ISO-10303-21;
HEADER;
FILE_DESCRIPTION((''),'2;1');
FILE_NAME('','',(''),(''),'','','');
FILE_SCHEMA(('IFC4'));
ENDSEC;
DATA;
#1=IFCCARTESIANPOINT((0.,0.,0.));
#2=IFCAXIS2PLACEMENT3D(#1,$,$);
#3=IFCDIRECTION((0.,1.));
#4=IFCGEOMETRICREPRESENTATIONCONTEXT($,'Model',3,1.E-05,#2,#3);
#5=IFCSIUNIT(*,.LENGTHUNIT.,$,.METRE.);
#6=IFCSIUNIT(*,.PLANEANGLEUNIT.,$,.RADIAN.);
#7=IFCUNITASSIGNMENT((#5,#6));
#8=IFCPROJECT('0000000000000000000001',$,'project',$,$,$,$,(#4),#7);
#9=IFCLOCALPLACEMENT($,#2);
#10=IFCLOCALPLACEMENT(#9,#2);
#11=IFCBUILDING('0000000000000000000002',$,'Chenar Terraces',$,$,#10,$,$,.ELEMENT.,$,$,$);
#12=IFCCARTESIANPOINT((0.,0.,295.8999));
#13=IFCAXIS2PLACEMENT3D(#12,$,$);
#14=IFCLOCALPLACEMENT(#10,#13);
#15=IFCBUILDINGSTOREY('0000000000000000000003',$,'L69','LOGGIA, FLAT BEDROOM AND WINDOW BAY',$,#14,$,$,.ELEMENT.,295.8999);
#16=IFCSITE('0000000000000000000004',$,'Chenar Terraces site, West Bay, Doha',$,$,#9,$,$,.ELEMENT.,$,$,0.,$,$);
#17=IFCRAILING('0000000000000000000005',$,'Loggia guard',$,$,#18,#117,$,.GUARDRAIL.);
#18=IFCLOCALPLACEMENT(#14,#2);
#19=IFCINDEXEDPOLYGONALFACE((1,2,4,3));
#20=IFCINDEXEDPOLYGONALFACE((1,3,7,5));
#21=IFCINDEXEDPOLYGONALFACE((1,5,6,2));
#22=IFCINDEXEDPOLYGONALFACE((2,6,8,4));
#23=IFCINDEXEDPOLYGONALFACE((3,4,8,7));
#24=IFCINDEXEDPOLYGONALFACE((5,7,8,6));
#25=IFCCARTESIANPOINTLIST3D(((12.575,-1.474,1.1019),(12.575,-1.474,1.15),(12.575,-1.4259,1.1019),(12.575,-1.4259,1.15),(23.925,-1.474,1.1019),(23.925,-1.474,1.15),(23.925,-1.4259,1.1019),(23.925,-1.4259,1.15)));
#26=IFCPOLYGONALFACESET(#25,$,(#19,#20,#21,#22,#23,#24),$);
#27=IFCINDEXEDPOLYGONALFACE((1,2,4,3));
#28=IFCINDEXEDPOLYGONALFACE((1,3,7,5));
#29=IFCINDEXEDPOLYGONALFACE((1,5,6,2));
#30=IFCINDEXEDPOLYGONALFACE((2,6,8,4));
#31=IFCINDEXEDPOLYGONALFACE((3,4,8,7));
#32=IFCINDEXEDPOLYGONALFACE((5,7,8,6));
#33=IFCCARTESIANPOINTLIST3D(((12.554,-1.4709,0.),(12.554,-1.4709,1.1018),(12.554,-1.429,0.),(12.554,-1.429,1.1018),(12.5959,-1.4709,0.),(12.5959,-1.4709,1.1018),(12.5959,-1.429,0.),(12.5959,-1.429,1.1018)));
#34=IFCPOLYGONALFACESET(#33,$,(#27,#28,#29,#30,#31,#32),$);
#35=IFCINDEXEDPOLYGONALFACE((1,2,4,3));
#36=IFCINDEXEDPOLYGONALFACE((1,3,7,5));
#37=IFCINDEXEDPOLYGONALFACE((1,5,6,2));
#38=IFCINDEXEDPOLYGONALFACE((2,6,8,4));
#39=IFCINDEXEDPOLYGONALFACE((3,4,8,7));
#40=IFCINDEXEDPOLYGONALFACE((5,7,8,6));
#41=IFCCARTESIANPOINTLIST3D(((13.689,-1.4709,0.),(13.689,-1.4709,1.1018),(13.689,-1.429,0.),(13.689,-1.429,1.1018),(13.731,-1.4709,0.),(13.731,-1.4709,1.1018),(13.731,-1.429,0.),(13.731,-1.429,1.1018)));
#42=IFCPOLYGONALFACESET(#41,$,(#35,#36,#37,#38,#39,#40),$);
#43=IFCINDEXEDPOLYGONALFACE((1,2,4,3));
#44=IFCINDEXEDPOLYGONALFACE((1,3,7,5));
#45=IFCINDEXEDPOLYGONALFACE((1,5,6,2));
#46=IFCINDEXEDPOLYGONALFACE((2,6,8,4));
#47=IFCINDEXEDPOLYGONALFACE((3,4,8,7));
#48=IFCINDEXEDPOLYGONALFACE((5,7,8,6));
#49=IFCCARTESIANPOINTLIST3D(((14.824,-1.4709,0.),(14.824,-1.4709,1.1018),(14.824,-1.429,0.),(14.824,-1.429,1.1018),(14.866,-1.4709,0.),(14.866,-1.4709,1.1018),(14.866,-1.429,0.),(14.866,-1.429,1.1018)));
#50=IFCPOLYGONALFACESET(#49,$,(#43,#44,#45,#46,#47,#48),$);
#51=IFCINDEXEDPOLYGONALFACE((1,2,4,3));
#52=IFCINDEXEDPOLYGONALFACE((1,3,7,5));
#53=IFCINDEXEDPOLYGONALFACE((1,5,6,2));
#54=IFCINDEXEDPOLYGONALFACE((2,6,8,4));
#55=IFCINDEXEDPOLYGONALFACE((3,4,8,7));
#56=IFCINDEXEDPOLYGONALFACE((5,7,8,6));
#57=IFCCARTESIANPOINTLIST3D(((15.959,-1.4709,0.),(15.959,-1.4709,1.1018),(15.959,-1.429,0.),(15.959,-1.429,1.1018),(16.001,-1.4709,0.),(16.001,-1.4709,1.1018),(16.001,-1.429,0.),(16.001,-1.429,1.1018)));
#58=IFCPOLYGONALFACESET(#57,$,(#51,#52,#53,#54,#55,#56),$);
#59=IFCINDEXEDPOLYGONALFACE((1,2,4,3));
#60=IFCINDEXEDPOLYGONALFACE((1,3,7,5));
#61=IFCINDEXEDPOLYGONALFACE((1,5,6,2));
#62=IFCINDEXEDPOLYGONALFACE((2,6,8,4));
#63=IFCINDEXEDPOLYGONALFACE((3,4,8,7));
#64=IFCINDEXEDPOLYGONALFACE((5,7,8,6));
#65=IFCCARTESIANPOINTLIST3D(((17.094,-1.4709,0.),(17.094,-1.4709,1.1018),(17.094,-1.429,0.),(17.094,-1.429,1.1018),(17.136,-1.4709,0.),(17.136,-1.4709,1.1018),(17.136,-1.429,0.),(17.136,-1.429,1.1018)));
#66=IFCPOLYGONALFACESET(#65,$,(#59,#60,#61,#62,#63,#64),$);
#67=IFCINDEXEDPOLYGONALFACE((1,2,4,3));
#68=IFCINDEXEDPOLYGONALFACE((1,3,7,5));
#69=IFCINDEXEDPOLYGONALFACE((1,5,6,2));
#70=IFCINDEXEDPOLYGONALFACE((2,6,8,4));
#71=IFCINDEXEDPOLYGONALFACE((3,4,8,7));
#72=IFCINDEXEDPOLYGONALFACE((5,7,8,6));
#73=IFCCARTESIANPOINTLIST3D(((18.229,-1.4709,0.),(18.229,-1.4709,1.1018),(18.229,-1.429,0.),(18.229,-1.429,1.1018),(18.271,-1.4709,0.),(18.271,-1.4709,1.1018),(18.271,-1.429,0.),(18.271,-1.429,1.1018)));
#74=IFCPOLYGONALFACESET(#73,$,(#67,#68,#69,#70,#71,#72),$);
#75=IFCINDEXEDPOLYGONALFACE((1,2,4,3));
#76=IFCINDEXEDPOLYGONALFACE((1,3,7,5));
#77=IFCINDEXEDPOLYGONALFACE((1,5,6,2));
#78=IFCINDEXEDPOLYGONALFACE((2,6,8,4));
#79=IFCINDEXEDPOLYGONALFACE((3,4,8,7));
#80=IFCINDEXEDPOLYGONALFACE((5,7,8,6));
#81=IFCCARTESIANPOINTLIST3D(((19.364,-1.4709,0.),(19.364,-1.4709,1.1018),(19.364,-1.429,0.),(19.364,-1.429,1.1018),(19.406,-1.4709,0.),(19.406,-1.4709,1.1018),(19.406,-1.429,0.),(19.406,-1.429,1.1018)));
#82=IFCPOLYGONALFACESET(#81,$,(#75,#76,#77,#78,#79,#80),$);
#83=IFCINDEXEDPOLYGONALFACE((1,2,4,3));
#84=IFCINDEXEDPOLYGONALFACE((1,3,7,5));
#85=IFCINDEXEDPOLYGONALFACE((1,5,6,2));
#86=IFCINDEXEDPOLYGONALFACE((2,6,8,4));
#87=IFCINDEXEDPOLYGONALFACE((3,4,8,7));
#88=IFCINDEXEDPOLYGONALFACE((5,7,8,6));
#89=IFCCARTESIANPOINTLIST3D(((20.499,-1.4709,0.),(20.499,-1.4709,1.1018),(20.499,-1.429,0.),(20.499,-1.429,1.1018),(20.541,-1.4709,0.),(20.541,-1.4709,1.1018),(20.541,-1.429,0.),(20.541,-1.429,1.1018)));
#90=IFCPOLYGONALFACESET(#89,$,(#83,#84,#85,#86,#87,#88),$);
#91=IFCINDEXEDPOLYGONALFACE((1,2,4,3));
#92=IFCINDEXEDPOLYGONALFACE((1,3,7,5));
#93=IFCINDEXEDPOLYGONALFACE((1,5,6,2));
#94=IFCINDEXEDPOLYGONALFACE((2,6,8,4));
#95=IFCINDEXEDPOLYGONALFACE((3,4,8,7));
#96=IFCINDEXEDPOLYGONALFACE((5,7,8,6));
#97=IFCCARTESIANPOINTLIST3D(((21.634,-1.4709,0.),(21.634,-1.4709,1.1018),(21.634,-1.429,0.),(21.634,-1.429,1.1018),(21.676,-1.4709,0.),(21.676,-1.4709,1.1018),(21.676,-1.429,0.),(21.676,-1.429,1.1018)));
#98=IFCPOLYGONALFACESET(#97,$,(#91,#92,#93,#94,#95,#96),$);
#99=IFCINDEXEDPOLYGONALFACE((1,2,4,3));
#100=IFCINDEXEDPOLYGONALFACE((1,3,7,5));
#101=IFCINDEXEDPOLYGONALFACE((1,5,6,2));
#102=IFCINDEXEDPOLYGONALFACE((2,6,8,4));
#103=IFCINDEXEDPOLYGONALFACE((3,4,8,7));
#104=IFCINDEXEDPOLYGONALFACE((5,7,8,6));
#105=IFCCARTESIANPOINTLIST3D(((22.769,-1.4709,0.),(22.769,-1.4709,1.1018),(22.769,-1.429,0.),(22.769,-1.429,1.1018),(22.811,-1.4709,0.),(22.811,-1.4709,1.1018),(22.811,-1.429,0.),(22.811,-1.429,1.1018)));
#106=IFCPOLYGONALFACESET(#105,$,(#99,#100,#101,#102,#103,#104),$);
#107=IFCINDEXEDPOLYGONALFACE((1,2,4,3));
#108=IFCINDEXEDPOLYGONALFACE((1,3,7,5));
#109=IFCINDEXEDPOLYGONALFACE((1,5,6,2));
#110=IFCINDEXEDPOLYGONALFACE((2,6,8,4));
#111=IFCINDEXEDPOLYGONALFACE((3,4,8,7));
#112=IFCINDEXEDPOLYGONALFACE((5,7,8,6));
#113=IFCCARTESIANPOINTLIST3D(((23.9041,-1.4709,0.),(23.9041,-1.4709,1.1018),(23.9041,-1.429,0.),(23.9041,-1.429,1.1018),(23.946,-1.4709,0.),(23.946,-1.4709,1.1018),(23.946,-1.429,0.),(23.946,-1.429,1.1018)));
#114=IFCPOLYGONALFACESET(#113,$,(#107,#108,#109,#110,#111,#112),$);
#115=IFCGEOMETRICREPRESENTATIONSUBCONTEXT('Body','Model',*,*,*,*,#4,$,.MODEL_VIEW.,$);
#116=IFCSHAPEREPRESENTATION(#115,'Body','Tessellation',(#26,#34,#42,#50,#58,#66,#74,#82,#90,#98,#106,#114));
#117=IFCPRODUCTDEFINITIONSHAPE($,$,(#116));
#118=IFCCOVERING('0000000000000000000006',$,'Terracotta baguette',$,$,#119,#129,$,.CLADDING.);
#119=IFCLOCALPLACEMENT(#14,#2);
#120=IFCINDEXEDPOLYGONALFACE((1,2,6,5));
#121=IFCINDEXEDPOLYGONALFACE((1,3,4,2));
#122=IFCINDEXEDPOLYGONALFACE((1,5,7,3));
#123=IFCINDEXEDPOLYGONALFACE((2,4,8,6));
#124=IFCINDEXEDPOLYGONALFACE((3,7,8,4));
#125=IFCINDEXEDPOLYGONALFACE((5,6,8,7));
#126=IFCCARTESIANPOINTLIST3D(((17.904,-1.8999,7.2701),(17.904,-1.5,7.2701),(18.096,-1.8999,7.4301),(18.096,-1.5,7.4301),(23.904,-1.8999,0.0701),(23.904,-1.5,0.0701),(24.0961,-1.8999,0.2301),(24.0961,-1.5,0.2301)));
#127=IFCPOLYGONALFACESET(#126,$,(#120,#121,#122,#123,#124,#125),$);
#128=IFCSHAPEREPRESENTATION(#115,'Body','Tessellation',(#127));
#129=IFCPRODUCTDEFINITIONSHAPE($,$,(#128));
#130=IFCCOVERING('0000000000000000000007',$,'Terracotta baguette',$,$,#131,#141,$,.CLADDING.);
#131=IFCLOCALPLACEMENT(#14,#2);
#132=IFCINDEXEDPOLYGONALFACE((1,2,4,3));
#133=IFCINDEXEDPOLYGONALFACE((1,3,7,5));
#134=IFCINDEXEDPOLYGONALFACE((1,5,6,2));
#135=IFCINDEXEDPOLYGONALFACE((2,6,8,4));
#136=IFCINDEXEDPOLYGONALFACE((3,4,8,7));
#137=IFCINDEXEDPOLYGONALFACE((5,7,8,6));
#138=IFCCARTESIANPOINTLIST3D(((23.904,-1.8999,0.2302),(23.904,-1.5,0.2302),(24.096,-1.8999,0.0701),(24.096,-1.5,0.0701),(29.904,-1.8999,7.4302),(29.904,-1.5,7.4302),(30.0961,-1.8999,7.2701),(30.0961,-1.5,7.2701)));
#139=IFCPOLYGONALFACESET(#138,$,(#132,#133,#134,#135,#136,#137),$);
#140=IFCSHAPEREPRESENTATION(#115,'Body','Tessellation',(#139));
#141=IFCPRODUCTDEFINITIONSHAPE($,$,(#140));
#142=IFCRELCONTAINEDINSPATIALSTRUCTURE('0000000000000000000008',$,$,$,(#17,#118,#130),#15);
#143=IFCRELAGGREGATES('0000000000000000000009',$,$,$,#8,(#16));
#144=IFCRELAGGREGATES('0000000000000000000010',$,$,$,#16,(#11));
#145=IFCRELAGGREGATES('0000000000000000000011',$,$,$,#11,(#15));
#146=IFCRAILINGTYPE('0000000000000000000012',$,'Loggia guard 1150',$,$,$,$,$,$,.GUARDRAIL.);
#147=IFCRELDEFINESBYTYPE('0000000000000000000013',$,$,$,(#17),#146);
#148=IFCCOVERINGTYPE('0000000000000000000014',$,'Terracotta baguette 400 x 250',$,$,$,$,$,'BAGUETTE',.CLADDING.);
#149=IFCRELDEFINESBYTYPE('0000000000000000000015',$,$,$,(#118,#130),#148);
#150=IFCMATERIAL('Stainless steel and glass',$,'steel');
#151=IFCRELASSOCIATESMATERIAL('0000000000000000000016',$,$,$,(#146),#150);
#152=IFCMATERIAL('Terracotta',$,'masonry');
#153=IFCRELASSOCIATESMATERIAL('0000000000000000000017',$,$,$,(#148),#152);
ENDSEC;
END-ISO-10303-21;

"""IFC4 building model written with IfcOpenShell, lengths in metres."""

from ifc_helpers import new_model, si_unit, direction, frame, origin, origin_2d, place, context, subcontext, project, spatial, rectangle, extrude, material, material_profile, profile_set, type_object, element, save


model = new_model("IFC4")

# Units and contexts
model_context = context("Model", 3, precision=1e-05, world=origin(), true_north=direction((0.0, 1.0)))
body_context = subcontext(model_context, "Body", "Model", "MODEL_VIEW")
ifc_project = project(units=[si_unit("LENGTHUNIT", "METRE"), si_unit("PLANEANGLEUNIT", "RADIAN")], contexts=[model_context])

# Site, building, storey
site_placement = place(None, origin())
site = spatial("IfcSite", under=ifc_project, at=site_placement, Name="Chenar Terraces site, West Bay, Doha", CompositionType="ELEMENT", RefElevation=0.0)
building_placement = place(site_placement, origin())
building = spatial("IfcBuilding", under=site, at=building_placement, Name="Chenar Terraces", CompositionType="ELEMENT")
storey_placement = place(building_placement, frame((0.0, 0.0, 295.8999)))
storey = spatial("IfcBuildingStorey", under=building, at=storey_placement, Name="L69", Description="LOGGIA, FLAT BEDROOM AND WINDOW BAY", CompositionType="ELEMENT", Elevation=295.8999)

# Railing
ifc_material_1 = material(Name="Stainless steel and glass", Category="steel")
railing_type = type_object("IfcRailingType", Name="Loggia guard 1150", PredefinedType="GUARDRAIL", material=ifc_material_1)
railing_placement = place(storey_placement, frame((12.575, -1.45, 0.0)))
element("IfcRailing", 1, at=railing_placement, inside=storey, type_object=railing_type, Name="Loggia guard", PredefinedType="GUARDRAIL", context=body_context, shape_type="SweptSolid", body=[
    extrude(rectangle(XDim=0.0481, YDim=0.0481, at=origin_2d()), frame((0.0, 0.0, 1.126), z_axis=(1.0, 0.0, 0.0), x_axis=(0.0, 1.0, 0.0)), (0.0, 0.0, 1.0), 11.3501),
    extrude(rectangle(XDim=0.042, YDim=0.042, at=origin_2d()), origin(), (0.0, 0.0, 1.0), 1.1018),
    extrude(rectangle(XDim=0.042, YDim=0.042, at=origin_2d()), frame((1.135, 0.0, 0.0)), (0.0, 0.0, 1.0), 1.1018),
    extrude(rectangle(XDim=0.042, YDim=0.042, at=origin_2d()), frame((2.27, 0.0, 0.0)), (0.0, 0.0, 1.0), 1.1018),
    extrude(rectangle(XDim=0.042, YDim=0.042, at=origin_2d()), frame((3.405, 0.0, 0.0)), (0.0, 0.0, 1.0), 1.1018),
    extrude(rectangle(XDim=0.042, YDim=0.042, at=origin_2d()), frame((4.54, 0.0, 0.0)), (0.0, 0.0, 1.0), 1.1018),
    extrude(rectangle(XDim=0.042, YDim=0.042, at=origin_2d()), frame((5.675, 0.0, 0.0)), (0.0, 0.0, 1.0), 1.1018),
    extrude(rectangle(XDim=0.042, YDim=0.042, at=origin_2d()), frame((6.8101, 0.0, 0.0)), (0.0, 0.0, 1.0), 1.1018),
    extrude(rectangle(XDim=0.042, YDim=0.042, at=origin_2d()), frame((7.9451, 0.0, 0.0)), (0.0, 0.0, 1.0), 1.1018),
    extrude(rectangle(XDim=0.042, YDim=0.042, at=origin_2d()), frame((9.0801, 0.0, 0.0)), (0.0, 0.0, 1.0), 1.1018),
    extrude(rectangle(XDim=0.042, YDim=0.042, at=origin_2d()), frame((10.2151, 0.0, 0.0)), (0.0, 0.0, 1.0), 1.1018),
    extrude(rectangle(XDim=0.042, YDim=0.042, at=origin_2d()), frame((11.3501, 0.0, 0.0)), (0.0, 0.0, 1.0), 1.1018),
])

# Coverings
ifc_material_2 = material(Name="Terracotta", Category="masonry")
ifc_material_profile_1 = material_profile(ifc_material_2, rectangle(XDim=0.3999, YDim=0.25, at=origin_2d()), Name="Terracotta baguette 400 x 250")
ifc_profile_set_1 = profile_set([ifc_material_profile_1], Name="Terracotta")
covering_type = type_object("IfcCoveringType", Name="Terracotta baguette 400 x 250", ElementType="BAGUETTE", PredefinedType="CLADDING", material=ifc_profile_set_1)
for number, where, z_axis, x_axis, name in (
    (2, (18.0, -1.7, 7.3501), (0.640187, 0.0, -0.768219), (0.0, 1.0, 0.0), "Terracotta baguette"),
    (3, (24.0, -1.7, 0.1501), (0.640187, 0.0, 0.768219), (0.0, 1.0, 0.0), "Terracotta baguette"),
):
    element("IfcCovering", number, at=place(storey_placement, frame(where, z_axis=z_axis, x_axis=x_axis)), inside=storey, type_object=covering_type, Name=name, PredefinedType="CLADDING", context=body_context, shape_type="SweptSolid", body=[
        extrude(rectangle(XDim=0.3999, YDim=0.25, at=origin_2d()), origin(), (0.0, 0.0, 1.0), 9.3723),
    ])

save(model, "model.ifc")
